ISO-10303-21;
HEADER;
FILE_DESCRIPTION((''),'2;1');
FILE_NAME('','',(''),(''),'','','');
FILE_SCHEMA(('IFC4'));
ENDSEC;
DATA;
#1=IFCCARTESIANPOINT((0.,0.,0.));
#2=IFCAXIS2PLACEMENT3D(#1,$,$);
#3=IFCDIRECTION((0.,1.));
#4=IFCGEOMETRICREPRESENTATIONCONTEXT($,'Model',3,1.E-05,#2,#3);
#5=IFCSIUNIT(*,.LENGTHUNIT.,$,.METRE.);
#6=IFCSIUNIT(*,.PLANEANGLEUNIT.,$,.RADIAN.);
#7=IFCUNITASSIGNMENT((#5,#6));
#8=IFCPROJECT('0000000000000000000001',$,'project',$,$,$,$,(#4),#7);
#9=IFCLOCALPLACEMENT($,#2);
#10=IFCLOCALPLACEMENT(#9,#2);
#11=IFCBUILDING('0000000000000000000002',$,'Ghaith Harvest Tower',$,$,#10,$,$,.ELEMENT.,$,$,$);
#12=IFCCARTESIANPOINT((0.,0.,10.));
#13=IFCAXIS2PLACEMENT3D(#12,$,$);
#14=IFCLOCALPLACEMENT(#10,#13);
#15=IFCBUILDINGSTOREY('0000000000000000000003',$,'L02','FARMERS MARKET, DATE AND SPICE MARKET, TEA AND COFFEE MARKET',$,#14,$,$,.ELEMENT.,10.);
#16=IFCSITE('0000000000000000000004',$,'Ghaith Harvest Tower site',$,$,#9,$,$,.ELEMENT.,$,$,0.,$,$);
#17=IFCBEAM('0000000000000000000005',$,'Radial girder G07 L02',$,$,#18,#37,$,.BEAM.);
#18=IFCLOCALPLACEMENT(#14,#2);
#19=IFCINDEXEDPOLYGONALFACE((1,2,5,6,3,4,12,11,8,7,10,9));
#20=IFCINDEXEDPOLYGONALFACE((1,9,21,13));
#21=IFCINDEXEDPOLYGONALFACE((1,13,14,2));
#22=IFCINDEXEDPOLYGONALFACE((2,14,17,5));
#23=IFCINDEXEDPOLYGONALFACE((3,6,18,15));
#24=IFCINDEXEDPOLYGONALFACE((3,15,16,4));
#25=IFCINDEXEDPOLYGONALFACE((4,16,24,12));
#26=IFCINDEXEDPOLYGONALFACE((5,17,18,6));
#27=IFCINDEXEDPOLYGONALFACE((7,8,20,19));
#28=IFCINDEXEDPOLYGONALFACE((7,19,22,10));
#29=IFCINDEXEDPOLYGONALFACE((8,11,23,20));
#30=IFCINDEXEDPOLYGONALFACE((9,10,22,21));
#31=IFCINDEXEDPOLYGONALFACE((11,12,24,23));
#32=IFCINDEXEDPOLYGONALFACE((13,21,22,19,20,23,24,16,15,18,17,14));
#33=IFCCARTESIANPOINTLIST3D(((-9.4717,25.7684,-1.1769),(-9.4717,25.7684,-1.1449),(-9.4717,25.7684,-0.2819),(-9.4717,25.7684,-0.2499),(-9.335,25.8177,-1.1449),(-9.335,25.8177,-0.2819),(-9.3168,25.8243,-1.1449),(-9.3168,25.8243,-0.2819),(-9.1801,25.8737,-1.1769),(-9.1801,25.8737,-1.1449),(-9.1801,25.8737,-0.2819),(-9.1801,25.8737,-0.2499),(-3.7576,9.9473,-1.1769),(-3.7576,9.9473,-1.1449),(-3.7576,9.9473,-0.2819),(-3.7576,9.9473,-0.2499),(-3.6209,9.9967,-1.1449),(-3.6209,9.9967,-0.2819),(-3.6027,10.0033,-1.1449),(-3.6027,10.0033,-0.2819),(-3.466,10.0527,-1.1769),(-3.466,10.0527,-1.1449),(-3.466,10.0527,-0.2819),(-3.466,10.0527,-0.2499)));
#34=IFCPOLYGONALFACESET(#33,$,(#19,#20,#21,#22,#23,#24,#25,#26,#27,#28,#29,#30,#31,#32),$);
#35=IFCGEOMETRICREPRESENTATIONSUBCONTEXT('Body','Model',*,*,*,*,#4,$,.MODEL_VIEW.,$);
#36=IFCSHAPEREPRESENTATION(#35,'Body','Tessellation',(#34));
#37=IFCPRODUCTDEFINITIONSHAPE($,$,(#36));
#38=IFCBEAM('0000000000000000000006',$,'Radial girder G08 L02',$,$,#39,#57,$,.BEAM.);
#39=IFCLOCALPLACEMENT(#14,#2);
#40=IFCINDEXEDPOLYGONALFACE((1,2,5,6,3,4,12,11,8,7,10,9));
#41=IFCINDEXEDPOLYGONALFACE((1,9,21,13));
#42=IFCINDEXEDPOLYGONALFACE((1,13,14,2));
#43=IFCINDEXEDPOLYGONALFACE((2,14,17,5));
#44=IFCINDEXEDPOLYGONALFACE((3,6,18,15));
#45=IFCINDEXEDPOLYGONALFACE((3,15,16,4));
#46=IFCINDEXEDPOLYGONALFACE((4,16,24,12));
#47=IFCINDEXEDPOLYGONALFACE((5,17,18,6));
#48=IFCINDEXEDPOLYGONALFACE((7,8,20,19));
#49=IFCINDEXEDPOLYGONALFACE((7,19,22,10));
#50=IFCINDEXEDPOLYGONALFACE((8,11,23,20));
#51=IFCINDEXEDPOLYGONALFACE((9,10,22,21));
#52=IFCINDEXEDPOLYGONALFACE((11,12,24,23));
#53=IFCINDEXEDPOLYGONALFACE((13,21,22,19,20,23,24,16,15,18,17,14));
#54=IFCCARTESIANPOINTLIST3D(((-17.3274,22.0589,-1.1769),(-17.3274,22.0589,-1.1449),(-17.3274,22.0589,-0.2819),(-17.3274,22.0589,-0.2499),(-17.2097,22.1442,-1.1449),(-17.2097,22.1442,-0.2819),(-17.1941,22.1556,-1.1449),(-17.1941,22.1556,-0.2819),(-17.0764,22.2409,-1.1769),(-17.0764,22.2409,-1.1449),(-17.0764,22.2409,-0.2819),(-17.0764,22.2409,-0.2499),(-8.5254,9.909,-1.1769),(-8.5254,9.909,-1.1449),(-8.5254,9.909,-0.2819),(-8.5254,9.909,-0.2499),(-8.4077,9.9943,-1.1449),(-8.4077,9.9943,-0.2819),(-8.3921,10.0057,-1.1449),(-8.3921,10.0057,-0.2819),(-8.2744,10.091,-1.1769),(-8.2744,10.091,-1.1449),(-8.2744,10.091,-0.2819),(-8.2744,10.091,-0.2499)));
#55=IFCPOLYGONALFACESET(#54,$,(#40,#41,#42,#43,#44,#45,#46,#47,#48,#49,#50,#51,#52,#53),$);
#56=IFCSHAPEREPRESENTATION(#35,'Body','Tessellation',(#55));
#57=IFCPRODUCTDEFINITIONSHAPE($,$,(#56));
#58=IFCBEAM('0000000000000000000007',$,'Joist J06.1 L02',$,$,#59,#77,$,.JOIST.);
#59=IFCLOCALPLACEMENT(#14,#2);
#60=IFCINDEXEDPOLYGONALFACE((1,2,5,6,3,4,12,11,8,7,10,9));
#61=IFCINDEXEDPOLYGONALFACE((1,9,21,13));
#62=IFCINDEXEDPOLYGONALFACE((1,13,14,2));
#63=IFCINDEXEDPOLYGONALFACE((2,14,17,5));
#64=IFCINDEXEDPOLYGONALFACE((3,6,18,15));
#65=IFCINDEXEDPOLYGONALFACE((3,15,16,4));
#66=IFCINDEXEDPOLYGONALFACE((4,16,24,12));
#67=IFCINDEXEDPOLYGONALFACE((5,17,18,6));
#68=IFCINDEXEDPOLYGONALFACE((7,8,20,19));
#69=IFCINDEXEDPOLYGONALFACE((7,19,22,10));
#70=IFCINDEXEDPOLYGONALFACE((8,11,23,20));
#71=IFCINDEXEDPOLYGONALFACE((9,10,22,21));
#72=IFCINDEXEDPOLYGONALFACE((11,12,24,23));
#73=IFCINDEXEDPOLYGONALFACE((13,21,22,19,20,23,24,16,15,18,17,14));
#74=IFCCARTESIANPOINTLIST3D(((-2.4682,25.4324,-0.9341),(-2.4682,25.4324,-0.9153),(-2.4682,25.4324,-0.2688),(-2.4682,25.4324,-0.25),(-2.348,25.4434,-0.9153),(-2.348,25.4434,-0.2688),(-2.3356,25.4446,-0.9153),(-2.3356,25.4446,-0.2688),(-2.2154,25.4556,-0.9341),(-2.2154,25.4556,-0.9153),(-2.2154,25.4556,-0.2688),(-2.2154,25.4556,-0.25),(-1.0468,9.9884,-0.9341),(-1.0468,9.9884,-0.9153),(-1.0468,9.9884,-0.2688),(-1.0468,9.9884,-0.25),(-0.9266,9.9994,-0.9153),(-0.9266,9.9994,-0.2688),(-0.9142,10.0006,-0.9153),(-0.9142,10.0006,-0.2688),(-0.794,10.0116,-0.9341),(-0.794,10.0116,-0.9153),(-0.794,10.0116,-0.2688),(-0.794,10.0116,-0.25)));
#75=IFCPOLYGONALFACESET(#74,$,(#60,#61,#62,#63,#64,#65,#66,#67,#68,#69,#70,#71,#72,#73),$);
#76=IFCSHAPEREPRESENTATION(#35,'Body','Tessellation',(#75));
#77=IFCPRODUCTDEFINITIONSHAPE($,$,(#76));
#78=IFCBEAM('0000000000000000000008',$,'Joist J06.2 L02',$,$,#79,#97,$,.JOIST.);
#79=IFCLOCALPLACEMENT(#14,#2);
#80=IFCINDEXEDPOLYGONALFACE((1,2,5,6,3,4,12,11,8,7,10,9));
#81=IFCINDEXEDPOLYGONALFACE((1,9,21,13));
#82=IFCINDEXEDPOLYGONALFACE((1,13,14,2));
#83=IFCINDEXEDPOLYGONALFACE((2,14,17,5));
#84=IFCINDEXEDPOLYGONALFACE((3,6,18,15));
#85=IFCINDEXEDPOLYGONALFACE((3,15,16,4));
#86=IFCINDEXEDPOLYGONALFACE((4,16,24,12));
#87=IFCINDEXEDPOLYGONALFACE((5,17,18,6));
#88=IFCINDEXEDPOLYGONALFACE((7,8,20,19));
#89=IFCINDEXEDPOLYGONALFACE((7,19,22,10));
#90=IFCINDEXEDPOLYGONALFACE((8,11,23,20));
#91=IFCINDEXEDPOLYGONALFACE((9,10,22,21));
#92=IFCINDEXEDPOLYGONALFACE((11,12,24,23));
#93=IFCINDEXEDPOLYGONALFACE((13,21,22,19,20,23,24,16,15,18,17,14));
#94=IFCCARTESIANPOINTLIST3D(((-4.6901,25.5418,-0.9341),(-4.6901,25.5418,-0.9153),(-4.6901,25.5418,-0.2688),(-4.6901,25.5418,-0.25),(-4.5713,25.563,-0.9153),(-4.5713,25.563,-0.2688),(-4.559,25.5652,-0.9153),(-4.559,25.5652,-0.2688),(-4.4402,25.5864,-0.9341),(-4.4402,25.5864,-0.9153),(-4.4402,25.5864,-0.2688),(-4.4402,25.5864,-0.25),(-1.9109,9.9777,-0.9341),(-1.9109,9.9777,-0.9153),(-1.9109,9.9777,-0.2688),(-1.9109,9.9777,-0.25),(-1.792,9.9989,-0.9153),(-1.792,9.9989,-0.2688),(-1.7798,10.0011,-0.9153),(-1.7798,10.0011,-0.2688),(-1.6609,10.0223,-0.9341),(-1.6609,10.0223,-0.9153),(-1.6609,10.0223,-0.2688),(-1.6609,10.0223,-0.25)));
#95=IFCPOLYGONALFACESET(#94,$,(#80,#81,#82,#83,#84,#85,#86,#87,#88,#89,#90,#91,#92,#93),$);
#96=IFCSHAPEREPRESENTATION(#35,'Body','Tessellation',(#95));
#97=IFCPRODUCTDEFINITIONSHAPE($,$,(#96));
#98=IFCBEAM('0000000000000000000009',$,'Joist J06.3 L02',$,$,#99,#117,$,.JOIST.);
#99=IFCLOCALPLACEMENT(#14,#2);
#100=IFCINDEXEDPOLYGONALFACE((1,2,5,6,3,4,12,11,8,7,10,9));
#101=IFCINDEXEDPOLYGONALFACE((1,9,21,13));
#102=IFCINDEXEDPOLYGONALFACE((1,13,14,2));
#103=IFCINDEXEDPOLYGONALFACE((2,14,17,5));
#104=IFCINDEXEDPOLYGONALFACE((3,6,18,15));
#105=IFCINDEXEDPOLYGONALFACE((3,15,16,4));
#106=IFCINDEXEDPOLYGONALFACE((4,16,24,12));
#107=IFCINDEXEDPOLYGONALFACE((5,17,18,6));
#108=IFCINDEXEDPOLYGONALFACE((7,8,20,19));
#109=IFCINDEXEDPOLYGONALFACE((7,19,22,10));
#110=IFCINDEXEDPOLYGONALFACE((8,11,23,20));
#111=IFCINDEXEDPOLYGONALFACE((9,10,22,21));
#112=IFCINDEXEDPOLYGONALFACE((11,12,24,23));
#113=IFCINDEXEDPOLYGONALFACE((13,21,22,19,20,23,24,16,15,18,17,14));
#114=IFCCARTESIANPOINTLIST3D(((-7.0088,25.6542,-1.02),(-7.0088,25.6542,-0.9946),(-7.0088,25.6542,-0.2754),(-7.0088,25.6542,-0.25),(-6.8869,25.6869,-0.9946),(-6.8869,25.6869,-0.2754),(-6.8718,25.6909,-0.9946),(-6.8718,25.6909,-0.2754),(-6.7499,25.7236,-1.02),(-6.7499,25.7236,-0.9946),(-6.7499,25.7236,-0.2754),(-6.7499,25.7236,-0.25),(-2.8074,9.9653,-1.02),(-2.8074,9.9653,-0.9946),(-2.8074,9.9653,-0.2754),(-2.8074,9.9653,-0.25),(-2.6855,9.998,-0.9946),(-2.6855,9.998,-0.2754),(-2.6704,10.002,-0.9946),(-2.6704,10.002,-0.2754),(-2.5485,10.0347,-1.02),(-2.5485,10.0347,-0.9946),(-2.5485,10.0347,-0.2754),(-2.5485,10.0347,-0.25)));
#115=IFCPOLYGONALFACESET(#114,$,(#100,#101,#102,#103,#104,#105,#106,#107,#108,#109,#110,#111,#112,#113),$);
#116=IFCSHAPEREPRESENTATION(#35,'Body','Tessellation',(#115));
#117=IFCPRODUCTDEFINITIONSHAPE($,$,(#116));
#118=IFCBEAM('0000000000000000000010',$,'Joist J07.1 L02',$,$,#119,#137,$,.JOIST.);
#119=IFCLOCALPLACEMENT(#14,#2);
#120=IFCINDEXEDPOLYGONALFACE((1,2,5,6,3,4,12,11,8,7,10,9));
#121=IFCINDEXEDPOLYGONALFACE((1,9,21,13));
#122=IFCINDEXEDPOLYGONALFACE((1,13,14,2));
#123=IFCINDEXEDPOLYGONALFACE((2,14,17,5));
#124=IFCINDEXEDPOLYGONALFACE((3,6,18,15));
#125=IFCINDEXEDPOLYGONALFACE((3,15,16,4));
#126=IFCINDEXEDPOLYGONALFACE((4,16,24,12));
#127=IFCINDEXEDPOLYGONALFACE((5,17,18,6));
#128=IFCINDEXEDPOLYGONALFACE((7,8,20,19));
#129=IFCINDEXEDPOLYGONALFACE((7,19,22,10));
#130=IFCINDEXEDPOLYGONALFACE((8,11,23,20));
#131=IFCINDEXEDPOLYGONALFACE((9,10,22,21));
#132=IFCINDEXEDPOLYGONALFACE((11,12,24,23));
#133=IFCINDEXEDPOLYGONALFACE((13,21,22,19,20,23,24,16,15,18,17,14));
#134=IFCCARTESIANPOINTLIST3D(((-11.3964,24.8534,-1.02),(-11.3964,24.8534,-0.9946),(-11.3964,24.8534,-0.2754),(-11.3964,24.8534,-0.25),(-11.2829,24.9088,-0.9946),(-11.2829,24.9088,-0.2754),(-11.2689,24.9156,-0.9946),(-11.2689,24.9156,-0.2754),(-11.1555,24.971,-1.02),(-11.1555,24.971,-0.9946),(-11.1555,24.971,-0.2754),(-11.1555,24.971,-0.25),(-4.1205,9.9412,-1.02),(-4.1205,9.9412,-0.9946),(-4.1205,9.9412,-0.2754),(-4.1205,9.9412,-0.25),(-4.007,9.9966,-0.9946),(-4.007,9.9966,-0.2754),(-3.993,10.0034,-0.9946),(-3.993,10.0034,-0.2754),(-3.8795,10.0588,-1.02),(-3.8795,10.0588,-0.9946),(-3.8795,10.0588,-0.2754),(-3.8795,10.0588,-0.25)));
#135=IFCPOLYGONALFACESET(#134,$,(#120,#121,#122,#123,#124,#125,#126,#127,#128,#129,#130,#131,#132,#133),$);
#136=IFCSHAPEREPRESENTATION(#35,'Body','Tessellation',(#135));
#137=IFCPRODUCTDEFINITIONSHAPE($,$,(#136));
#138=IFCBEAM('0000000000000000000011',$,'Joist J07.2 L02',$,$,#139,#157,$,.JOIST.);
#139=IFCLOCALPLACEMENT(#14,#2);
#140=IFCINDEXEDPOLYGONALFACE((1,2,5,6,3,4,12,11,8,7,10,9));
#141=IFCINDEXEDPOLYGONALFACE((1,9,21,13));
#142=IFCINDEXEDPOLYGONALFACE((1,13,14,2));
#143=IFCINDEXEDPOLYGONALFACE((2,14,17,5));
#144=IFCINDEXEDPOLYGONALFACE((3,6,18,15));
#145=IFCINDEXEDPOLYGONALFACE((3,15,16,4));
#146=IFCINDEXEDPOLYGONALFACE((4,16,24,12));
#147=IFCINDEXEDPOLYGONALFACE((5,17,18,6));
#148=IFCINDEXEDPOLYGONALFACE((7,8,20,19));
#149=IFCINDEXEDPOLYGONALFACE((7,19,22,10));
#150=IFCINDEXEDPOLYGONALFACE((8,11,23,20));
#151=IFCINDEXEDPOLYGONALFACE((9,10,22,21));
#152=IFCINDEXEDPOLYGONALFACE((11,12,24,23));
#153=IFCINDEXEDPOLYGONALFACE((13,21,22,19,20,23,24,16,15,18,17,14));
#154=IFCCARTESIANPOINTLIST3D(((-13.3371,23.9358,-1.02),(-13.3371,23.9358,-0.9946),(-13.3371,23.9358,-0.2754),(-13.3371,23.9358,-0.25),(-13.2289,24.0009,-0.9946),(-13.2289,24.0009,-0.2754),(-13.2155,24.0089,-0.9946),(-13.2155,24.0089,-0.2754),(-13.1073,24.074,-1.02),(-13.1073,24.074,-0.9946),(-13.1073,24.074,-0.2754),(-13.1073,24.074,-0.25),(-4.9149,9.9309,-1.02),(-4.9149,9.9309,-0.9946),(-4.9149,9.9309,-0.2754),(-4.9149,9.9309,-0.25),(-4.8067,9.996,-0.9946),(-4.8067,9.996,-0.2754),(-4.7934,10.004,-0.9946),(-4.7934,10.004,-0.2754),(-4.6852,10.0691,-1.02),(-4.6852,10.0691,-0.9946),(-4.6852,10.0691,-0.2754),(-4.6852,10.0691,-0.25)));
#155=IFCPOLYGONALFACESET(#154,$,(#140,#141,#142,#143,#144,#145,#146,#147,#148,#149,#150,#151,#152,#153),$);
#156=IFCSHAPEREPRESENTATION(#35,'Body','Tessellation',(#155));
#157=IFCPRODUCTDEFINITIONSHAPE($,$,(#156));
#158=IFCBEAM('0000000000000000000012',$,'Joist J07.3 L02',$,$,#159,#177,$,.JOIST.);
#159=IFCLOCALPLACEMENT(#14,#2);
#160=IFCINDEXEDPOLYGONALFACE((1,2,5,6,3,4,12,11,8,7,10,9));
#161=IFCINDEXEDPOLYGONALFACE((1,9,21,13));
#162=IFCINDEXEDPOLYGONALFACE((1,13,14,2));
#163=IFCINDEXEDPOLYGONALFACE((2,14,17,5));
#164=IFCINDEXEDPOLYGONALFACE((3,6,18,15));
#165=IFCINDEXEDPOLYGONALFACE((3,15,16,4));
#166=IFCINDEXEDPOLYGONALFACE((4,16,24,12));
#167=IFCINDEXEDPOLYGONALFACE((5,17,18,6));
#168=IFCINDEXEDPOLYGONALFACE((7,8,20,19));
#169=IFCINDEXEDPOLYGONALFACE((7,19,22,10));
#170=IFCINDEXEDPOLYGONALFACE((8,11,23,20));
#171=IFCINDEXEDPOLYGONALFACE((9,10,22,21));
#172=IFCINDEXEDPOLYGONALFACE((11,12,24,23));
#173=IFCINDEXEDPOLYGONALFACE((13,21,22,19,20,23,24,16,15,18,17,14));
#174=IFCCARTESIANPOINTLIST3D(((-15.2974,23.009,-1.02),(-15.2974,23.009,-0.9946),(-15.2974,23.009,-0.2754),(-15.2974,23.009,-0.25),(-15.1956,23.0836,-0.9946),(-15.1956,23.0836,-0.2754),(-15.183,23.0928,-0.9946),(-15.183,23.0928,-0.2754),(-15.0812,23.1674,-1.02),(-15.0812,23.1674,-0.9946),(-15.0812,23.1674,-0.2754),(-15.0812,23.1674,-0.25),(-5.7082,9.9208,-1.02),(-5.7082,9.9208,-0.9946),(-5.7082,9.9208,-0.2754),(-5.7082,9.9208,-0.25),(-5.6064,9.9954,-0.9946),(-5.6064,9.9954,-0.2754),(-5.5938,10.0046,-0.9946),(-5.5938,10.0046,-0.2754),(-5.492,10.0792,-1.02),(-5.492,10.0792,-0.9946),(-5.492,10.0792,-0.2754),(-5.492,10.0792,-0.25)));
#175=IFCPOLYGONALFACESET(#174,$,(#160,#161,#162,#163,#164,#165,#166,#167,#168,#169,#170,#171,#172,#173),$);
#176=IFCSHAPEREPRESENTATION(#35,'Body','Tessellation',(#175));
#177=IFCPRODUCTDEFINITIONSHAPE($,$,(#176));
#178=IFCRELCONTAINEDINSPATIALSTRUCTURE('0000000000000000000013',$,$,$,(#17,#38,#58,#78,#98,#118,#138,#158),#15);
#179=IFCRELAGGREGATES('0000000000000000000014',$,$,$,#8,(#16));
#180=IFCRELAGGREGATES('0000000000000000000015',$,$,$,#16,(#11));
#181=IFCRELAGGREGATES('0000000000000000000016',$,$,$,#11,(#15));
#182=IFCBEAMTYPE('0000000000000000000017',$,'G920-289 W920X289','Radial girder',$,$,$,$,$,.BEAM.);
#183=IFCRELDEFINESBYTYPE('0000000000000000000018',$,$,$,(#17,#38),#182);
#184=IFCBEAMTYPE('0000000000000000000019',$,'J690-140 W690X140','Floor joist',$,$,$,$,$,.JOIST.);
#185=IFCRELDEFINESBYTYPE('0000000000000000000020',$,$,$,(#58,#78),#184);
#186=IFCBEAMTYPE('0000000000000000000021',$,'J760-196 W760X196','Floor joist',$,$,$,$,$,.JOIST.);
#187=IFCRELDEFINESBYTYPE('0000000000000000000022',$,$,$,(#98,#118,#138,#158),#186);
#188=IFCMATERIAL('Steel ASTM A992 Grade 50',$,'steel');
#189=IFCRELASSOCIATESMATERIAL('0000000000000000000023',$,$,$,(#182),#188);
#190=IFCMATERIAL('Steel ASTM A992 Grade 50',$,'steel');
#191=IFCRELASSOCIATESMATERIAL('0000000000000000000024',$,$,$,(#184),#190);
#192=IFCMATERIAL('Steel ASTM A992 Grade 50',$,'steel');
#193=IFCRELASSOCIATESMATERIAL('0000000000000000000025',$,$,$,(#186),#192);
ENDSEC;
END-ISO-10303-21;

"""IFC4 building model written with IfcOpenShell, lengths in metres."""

from ifc_helpers import new_model, si_unit, direction, frame, origin, origin_2d, place, context, subcontext, project, spatial, i_section, extrude, material, material_profile, profile_set, type_object, element, save


model = new_model("IFC4")

# Units and contexts
model_context = context("Model", 3, precision=1e-05, world=origin(), true_north=direction((0.0, 1.0)))
body_context = subcontext(model_context, "Body", "Model", "MODEL_VIEW")
ifc_project = project(units=[si_unit("LENGTHUNIT", "METRE"), si_unit("PLANEANGLEUNIT", "RADIAN")], contexts=[model_context])

# Site, building, storey
site_placement = place(None, origin())
site = spatial("IfcSite", under=ifc_project, at=site_placement, Name="Ghaith Harvest Tower site", CompositionType="ELEMENT", RefElevation=0.0)
building_placement = place(site_placement, origin())
building = spatial("IfcBuilding", under=site, at=building_placement, Name="Ghaith Harvest Tower", CompositionType="ELEMENT")
storey_placement = place(building_placement, frame((0.0, 0.0, 10.0)))
storey = spatial("IfcBuildingStorey", under=building, at=storey_placement, Name="L02", Description="FARMERS MARKET, DATE AND SPICE MARKET, TEA AND COFFEE MARKET", CompositionType="ELEMENT", Elevation=10.0)

# Beams
ifc_material_1 = material(Name="Steel ASTM A992 Grade 50", Category="steel")
ifc_material_profile_1 = material_profile(ifc_material_1, i_section(OverallWidth=0.3101, OverallDepth=0.927, WebThickness=0.0193, FlangeThickness=0.032, at=origin_2d()), Name="W920X289")
ifc_profile_set_1 = profile_set([ifc_material_profile_1], Name="Steel ASTM A992 Grade 50")
beam_type_1 = type_object("IfcBeamType", Name="G920-289 W920X289", Description="Radial girder", PredefinedType="BEAM", material=ifc_profile_set_1)
beam_1_placement = place(storey_placement, frame((-3.6118, 10.0, -0.7134), z_axis=(-0.339695, 0.940536, 0.0), x_axis=(-0.940536, -0.339695, 0.0)))
element("IfcBeam", 1, at=beam_1_placement, inside=storey, type_object=beam_type_1, Name="Radial girder G07 L02", PredefinedType="BEAM", context=body_context, shape_type="SweptSolid", body=[
    extrude(i_section(OverallWidth=0.3101, OverallDepth=0.927, WebThickness=0.0193, FlangeThickness=0.032, at=origin_2d()), origin(), (0.0, 0.0, 1.0), 16.8213),
])
beam_2_placement = place(storey_placement, frame((-8.3999, 10.0, -0.7134), z_axis=(-0.586676, 0.809822, 0.0), x_axis=(-0.809822, -0.586676, 0.0)))
element("IfcBeam", 2, at=beam_2_placement, inside=storey, type_object=beam_type_1, Name="Radial girder G08 L02", PredefinedType="BEAM", context=body_context, shape_type="SweptSolid", body=[
    extrude(i_section(OverallWidth=0.3101, OverallDepth=0.927, WebThickness=0.0193, FlangeThickness=0.032, at=origin_2d()), origin(), (0.0, 0.0, 1.0), 15.0032),
])
ifc_material_2 = material(Name="Steel ASTM A992 Grade 50", Category="steel")
ifc_material_profile_2 = material_profile(ifc_material_2, i_section(OverallWidth=0.2539, OverallDepth=0.6841, WebThickness=0.0125, FlangeThickness=0.0188, at=origin_2d()), Name="W690X140")
ifc_profile_set_2 = profile_set([ifc_material_profile_2], Name="Steel ASTM A992 Grade 50")
beam_type_2 = type_object("IfcBeamType", Name="J690-140 W690X140", Description="Floor joist", PredefinedType="JOIST", material=ifc_profile_set_2)
beam_3_placement = place(storey_placement, frame((-0.9204, 10.0, -0.592), z_axis=(-0.091647, 0.995792, 0.0), x_axis=(-0.995792, -0.091647, 0.0)))
element("IfcBeam", 3, at=beam_3_placement, inside=storey, type_object=beam_type_2, Name="Joist J06.1 L02", PredefinedType="JOIST", context=body_context, shape_type="SweptSolid", body=[
    extrude(i_section(OverallWidth=0.2539, OverallDepth=0.6841, WebThickness=0.0125, FlangeThickness=0.0188, at=origin_2d()), origin(), (0.0, 0.0, 1.0), 15.5093),
])
beam_4_placement = place(storey_placement, frame((-1.7859, 10.0, -0.592), z_axis=(-0.175789, 0.984428, 0.0), x_axis=(-0.984428, -0.175789, 0.0)))
element("IfcBeam", 4, at=beam_4_placement, inside=storey, type_object=beam_type_2, Name="Joist J06.2 L02", PredefinedType="JOIST", context=body_context, shape_type="SweptSolid", body=[
    extrude(i_section(OverallWidth=0.2539, OverallDepth=0.6841, WebThickness=0.0125, FlangeThickness=0.0188, at=origin_2d()), origin(), (0.0, 0.0, 1.0), 15.8103),
])
ifc_material_3 = material(Name="Steel ASTM A992 Grade 50", Category="steel")
ifc_material_profile_3 = material_profile(ifc_material_3, i_section(OverallWidth=0.2681, OverallDepth=0.77, WebThickness=0.0156, FlangeThickness=0.0254, at=origin_2d()), Name="W760X196")
ifc_profile_set_3 = profile_set([ifc_material_profile_3], Name="Steel ASTM A992 Grade 50")
beam_type_3 = type_object("IfcBeamType", Name="J760-196 W760X196", Description="Floor joist", PredefinedType="JOIST", material=ifc_profile_set_3)
beam_5_placement = place(storey_placement, frame((-2.678, 10.0, -0.635), z_axis=(-0.258679, 0.965963, 0.0), x_axis=(-0.965963, -0.258679, 0.0)))
element("IfcBeam", 5, at=beam_5_placement, inside=storey, type_object=beam_type_3, Name="Joist J06.3 L02", PredefinedType="JOIST", context=body_context, shape_type="SweptSolid", body=[
    extrude(i_section(OverallWidth=0.2681, OverallDepth=0.77, WebThickness=0.0156, FlangeThickness=0.0254, at=origin_2d()), origin(), (0.0, 0.0, 1.0), 16.2417),
])
beam_6_placement = place(storey_placement, frame((-4.0, 10.0, -0.635), z_axis=(-0.438505, 0.898729, 0.0), x_axis=(-0.898729, -0.438505, 0.0)))
element("IfcBeam", 6, at=beam_6_placement, inside=storey, type_object=beam_type_3, Name="Joist J07.1 L02", PredefinedType="JOIST", context=body_context, shape_type="SweptSolid", body=[
    extrude(i_section(OverallWidth=0.2681, OverallDepth=0.77, WebThickness=0.0156, FlangeThickness=0.0254, at=origin_2d()), origin(), (0.0, 0.0, 1.0), 16.5925),
])
beam_7_placement = place(storey_placement, frame((-4.8, 10.0, -0.635), z_axis=(-0.515359, 0.856974, 0.0), x_axis=(-0.856974, -0.515359, 0.0)))
element("IfcBeam", 7, at=beam_7_placement, inside=storey, type_object=beam_type_3, Name="Joist J07.2 L02", PredefinedType="JOIST", context=body_context, shape_type="SweptSolid", body=[
    extrude(i_section(OverallWidth=0.2681, OverallDepth=0.77, WebThickness=0.0156, FlangeThickness=0.0254, at=origin_2d()), origin(), (0.0, 0.0, 1.0), 16.3423),
])
beam_8_placement = place(storey_placement, frame((-5.6001, 10.0, -0.635), z_axis=(-0.591009, 0.806665, 0.0), x_axis=(-0.806665, -0.591009, 0.0)))
element("IfcBeam", 8, at=beam_8_placement, inside=storey, type_object=beam_type_3, Name="Joist J07.3 L02", PredefinedType="JOIST", context=body_context, shape_type="SweptSolid", body=[
    extrude(i_section(OverallWidth=0.2681, OverallDepth=0.77, WebThickness=0.0156, FlangeThickness=0.0254, at=origin_2d()), origin(), (0.0, 0.0, 1.0), 16.2251),
])

save(model, "model.ifc")
